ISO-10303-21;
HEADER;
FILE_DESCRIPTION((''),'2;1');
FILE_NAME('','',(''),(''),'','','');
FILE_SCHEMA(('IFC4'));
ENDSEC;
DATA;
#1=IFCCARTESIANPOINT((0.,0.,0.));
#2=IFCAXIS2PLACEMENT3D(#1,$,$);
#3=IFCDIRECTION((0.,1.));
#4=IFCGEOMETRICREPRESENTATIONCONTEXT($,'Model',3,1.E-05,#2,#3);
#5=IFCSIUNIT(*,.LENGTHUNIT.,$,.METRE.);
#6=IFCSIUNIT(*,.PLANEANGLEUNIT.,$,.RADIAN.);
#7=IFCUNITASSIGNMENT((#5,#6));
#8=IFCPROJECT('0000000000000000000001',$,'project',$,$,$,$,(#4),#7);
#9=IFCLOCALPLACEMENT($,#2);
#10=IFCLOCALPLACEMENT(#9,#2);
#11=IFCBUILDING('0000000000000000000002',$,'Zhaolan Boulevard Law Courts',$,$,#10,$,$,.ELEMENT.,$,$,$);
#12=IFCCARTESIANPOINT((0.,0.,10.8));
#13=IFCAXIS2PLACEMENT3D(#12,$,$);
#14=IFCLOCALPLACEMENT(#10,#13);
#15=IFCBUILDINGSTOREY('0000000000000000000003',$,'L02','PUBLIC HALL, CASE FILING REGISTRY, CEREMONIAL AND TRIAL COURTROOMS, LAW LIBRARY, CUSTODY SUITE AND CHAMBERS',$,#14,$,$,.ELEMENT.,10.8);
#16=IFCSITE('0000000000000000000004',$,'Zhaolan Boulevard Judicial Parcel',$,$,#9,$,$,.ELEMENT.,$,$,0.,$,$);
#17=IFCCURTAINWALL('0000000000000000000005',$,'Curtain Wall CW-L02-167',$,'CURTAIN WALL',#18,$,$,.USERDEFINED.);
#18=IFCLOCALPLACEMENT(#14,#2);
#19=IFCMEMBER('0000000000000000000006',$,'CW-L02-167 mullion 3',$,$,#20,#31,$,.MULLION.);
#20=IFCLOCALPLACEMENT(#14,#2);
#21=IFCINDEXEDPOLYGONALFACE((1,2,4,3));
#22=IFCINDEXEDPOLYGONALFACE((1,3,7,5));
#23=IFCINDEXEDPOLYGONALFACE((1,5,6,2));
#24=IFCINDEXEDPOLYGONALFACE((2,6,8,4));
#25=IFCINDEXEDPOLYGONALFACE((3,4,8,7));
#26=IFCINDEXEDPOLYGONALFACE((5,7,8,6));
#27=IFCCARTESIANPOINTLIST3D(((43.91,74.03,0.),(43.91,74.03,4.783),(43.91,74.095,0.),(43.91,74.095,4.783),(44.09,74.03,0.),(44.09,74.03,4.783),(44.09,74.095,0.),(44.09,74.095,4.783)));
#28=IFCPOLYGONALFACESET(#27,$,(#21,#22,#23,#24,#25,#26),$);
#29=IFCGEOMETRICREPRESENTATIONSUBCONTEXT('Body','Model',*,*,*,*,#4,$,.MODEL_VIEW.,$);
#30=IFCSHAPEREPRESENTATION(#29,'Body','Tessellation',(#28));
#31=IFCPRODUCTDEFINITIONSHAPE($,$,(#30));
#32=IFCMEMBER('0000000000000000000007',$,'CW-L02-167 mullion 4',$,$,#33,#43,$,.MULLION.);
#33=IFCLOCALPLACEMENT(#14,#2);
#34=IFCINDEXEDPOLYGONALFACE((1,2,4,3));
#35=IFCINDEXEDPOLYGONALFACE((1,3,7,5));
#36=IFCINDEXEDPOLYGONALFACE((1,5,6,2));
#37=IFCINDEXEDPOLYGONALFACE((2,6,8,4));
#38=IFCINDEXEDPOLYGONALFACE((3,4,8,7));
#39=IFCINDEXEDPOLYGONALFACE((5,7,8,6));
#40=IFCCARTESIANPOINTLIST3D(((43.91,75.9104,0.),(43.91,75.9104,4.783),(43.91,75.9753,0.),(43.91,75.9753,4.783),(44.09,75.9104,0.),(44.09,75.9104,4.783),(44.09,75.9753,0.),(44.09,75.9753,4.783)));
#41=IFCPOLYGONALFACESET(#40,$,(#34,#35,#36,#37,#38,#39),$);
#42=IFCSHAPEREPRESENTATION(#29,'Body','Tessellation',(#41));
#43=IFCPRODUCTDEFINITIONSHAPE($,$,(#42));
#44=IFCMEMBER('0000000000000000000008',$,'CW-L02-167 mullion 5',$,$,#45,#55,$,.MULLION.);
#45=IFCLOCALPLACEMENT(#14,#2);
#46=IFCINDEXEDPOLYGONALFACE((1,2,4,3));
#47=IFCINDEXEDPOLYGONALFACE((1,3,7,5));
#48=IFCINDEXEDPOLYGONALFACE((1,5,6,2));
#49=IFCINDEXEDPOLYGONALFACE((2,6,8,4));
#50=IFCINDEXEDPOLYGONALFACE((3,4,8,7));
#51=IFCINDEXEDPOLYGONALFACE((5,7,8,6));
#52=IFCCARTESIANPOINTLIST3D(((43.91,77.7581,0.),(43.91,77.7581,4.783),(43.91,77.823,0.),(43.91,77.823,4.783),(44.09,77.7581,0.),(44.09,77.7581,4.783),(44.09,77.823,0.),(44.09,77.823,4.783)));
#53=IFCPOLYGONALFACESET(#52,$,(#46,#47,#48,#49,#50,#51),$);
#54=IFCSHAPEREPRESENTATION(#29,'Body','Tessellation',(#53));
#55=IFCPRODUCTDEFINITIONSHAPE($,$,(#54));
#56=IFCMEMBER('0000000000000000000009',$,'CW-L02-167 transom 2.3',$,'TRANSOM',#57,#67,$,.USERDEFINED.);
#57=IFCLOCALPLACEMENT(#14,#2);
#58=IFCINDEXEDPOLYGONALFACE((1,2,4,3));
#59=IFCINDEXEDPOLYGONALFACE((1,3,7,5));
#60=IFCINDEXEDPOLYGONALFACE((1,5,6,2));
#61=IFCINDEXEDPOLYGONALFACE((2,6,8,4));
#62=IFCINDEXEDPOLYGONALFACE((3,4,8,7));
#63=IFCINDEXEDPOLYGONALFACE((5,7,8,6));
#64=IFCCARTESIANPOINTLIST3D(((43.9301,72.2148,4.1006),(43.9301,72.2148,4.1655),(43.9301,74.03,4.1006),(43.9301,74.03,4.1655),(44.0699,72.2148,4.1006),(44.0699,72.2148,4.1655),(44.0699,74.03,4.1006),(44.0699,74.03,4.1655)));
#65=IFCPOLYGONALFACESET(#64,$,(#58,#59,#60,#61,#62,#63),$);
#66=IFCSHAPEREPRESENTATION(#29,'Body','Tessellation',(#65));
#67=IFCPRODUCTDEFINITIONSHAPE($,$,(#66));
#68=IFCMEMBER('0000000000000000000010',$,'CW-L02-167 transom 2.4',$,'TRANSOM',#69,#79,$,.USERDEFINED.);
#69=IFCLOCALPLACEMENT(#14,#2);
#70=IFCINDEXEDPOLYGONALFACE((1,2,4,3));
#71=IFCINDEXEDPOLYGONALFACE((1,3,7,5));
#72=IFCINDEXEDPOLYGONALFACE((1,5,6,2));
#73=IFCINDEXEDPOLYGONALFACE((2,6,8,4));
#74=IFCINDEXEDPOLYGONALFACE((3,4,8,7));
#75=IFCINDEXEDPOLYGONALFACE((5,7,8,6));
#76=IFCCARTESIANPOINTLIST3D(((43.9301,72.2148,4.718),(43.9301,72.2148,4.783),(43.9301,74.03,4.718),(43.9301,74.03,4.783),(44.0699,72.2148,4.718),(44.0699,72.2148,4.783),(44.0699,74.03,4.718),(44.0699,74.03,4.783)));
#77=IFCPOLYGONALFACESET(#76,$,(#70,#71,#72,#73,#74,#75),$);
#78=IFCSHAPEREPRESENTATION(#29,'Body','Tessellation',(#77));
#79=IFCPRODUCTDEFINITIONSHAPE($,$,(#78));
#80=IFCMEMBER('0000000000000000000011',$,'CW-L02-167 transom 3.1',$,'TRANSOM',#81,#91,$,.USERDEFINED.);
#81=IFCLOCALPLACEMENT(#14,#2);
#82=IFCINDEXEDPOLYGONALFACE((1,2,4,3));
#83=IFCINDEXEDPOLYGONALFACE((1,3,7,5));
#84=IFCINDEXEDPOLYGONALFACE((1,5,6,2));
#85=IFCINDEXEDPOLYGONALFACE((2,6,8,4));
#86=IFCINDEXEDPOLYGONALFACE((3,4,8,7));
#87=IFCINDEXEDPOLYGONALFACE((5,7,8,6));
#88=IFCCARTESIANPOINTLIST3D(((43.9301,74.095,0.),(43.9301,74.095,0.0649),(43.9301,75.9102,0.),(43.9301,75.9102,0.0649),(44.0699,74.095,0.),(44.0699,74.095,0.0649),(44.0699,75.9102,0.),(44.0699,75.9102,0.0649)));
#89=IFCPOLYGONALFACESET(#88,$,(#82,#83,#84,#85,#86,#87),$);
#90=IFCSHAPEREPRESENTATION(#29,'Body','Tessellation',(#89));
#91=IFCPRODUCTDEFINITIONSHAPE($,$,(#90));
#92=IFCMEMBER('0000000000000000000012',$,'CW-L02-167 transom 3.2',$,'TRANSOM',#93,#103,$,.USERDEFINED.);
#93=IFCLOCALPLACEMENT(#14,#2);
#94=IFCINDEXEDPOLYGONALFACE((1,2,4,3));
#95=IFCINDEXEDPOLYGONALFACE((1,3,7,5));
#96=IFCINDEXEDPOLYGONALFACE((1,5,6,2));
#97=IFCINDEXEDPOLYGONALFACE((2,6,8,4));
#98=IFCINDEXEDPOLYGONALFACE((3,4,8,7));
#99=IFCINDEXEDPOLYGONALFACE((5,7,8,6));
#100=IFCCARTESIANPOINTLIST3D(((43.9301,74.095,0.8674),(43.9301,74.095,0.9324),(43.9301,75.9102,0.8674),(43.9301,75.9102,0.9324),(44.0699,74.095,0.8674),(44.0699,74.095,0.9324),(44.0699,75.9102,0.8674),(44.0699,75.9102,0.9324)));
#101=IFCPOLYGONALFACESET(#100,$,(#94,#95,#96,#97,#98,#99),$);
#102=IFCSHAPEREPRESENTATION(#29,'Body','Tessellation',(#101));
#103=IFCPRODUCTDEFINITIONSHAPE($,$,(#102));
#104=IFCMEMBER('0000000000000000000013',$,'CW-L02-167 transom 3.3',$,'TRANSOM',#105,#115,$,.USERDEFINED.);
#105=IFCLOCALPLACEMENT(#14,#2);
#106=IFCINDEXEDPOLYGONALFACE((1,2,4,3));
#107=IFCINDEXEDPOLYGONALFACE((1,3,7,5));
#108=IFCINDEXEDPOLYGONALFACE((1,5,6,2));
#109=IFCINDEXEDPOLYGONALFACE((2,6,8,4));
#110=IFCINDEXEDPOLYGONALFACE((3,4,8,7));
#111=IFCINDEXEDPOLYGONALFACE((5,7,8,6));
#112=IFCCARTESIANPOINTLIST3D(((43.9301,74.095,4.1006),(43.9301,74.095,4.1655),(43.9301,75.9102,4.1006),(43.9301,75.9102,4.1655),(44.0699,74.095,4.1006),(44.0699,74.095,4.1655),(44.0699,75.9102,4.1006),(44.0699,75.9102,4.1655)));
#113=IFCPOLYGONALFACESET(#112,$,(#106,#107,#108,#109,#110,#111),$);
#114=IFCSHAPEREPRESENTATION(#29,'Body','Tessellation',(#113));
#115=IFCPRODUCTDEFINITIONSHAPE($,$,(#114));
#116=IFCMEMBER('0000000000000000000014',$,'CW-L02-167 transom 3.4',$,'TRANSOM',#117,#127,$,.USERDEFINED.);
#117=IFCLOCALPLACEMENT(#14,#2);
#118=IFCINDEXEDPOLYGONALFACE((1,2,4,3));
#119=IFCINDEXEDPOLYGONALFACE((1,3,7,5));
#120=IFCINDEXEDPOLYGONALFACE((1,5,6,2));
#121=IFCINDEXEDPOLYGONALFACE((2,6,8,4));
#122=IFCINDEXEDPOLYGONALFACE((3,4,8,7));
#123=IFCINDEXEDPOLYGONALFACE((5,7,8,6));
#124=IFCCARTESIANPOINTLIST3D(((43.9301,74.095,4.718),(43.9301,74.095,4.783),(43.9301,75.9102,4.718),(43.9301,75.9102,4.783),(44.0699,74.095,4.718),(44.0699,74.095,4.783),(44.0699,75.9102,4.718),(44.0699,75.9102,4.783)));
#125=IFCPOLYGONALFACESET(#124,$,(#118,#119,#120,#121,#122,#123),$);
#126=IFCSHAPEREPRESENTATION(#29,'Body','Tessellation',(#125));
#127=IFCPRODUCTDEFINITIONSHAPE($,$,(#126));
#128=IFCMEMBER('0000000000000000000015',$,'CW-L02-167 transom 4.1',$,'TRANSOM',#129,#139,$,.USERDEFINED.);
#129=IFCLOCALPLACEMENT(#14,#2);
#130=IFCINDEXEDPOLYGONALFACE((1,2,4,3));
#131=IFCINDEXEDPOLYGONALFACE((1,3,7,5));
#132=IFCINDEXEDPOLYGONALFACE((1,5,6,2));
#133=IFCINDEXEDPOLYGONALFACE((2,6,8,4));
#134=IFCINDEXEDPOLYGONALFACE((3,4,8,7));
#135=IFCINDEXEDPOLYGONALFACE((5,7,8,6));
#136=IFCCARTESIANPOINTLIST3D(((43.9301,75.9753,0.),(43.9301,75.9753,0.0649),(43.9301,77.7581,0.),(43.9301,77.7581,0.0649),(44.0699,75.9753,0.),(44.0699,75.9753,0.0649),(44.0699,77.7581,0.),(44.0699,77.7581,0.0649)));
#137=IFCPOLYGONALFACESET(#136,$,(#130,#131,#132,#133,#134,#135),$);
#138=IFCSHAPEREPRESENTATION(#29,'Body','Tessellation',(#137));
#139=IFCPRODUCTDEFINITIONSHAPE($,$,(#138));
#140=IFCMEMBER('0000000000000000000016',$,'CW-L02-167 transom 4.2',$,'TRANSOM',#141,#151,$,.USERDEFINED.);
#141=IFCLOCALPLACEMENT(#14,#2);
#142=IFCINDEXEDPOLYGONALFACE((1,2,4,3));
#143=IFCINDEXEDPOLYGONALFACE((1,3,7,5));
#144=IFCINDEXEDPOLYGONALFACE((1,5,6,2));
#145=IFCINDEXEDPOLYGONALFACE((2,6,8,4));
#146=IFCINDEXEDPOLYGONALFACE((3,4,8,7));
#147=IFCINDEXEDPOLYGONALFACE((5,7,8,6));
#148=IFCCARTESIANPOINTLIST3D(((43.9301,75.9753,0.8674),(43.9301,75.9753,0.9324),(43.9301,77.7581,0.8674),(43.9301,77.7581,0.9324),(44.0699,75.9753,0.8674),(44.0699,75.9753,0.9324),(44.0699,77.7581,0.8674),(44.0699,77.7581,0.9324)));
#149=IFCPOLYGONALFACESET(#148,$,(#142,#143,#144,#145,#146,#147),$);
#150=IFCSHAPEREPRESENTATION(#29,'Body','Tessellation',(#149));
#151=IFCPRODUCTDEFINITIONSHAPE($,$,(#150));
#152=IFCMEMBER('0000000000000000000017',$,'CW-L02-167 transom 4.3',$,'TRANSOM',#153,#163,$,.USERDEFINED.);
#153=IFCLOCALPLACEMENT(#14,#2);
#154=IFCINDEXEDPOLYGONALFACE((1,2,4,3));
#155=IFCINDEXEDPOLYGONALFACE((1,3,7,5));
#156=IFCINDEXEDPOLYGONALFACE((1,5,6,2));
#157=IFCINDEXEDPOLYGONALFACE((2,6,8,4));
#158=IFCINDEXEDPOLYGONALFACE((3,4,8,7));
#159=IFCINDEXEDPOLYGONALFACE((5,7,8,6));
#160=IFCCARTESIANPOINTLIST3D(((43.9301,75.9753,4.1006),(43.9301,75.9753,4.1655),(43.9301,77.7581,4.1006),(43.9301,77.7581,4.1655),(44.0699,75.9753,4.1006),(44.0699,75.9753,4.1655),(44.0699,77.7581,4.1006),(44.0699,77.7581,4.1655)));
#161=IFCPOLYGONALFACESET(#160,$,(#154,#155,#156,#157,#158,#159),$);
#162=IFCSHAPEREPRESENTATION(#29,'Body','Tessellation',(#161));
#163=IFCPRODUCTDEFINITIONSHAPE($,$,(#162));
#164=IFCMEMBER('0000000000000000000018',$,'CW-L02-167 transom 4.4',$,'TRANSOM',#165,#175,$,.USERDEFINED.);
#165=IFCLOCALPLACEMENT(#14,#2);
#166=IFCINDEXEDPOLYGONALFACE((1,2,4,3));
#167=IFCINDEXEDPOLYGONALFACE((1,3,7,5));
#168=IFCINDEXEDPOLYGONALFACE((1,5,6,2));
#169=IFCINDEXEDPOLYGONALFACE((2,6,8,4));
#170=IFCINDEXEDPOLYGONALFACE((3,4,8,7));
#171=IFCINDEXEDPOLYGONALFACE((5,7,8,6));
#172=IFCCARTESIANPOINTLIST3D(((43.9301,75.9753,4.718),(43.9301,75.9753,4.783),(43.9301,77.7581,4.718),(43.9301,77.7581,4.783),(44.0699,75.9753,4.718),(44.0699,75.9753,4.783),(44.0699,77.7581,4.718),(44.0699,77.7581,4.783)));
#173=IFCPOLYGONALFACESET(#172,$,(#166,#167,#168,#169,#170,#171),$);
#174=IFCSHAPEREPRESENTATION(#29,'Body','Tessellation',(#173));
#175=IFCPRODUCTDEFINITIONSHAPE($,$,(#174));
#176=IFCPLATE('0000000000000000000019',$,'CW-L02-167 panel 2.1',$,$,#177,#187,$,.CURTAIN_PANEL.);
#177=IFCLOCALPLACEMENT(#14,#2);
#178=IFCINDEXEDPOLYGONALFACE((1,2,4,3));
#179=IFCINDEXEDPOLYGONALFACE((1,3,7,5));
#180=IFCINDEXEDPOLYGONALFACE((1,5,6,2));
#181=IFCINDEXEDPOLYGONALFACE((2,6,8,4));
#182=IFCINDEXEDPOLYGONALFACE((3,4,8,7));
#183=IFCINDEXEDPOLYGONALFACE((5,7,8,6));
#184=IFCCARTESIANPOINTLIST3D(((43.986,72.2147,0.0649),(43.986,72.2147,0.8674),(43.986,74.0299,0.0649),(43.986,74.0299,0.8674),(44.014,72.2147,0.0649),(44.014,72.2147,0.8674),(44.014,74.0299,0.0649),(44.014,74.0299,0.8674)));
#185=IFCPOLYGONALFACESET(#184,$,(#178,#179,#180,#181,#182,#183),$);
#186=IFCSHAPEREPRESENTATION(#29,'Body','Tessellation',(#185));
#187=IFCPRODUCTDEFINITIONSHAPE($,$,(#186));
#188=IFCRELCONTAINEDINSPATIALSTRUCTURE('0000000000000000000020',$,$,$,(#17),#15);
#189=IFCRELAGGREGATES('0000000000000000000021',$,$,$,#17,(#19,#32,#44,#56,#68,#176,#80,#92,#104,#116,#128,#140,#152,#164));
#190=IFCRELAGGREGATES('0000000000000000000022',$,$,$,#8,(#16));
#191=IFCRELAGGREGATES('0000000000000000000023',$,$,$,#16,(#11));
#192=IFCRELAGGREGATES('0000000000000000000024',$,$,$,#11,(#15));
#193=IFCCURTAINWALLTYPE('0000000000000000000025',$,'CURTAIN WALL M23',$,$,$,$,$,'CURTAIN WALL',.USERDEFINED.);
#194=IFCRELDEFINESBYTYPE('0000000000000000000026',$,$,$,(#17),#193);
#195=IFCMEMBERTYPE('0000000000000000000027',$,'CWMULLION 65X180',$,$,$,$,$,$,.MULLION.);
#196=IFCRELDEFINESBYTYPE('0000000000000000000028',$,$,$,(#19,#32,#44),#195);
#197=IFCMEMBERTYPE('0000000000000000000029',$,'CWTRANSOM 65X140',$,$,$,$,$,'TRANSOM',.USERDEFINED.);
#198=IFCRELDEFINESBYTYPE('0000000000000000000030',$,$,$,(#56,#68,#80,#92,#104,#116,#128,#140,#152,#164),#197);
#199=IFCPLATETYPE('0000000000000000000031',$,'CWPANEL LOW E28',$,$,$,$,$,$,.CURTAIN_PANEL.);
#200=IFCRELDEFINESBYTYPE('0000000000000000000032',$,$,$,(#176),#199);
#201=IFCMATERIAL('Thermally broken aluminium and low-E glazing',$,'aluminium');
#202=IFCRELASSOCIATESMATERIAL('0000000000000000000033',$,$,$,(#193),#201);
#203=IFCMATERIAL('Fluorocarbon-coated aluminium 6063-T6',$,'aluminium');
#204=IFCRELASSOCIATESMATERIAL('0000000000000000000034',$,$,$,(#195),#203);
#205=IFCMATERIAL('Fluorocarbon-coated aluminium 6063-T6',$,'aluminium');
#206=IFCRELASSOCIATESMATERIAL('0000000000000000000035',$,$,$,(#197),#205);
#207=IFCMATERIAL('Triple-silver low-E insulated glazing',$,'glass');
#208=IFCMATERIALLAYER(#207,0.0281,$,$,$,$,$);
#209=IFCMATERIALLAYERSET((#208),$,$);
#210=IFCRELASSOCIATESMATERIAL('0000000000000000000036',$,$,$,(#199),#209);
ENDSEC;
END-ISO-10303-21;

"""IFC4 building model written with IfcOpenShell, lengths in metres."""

from ifc_helpers import new_model, si_unit, direction, frame, origin, origin_2d, place, context, subcontext, project, spatial, rectangle, extrude, material, layer, layer_set, material_profile, profile_set, type_object, element, aggregate, save


model = new_model("IFC4")

# Units and contexts
model_context = context("Model", 3, precision=1e-05, world=origin(), true_north=direction((0.0, 1.0)))
body_context = subcontext(model_context, "Body", "Model", "MODEL_VIEW")
ifc_project = project(units=[si_unit("LENGTHUNIT", "METRE"), si_unit("PLANEANGLEUNIT", "RADIAN")], contexts=[model_context])

# Site, building, storey
site_placement = place(None, origin())
site = spatial("IfcSite", under=ifc_project, at=site_placement, Name="Zhaolan Boulevard Judicial Parcel", CompositionType="ELEMENT", RefElevation=0.0)
building_placement = place(site_placement, origin())
building = spatial("IfcBuilding", under=site, at=building_placement, Name="Zhaolan Boulevard Law Courts", CompositionType="ELEMENT")
storey_placement = place(building_placement, frame((0.0, 0.0, 10.8)))
storey = spatial("IfcBuildingStorey", under=building, at=storey_placement, Name="L02", Description="PUBLIC HALL, CASE FILING REGISTRY, CEREMONIAL AND TRIAL COURTROOMS, LAW LIBRARY, CUSTODY SUITE AND CHAMBERS", CompositionType="ELEMENT", Elevation=10.8)

# Curtain wall, members, plate
ifc_material_1 = material(Name="Thermally broken aluminium and low-E glazing", Category="aluminium")
curtain_wall_type = type_object("IfcCurtainWallType", Name="CURTAIN WALL M23", ElementType="CURTAIN WALL", PredefinedType="USERDEFINED", material=ifc_material_1)
curtain_wall_placement = place(storey_placement, origin())
curtain_wall = element("IfcCurtainWall", 1, at=curtain_wall_placement, inside=storey, type_object=curtain_wall_type, Name="Curtain Wall CW-L02-167", ObjectType="CURTAIN WALL", PredefinedType="USERDEFINED")
ifc_material_2 = material(Name="Fluorocarbon-coated aluminium 6063-T6", Category="aluminium")
ifc_material_profile_1 = material_profile(ifc_material_2, rectangle(XDim=0.1799, YDim=0.0649, at=origin_2d()), Name="AL65x180")
ifc_profile_set_1 = profile_set([ifc_material_profile_1], Name="Fluorocarbon-coated aluminium 6063-T6")
member_type_1 = type_object("IfcMemberType", Name="CWMULLION 65X180", PredefinedType="MULLION", material=ifc_profile_set_1)
member_1_placement = place(storey_placement, frame((44.0, 74.0625, 0.0), z_axis=(0.0, 0.0, 1.0), x_axis=(-1.0, 0.0, 0.0)))
member_1 = element("IfcMember", 2, at=member_1_placement, type_object=member_type_1, Name="CW-L02-167 mullion 3", PredefinedType="MULLION", context=body_context, shape_type="SweptSolid", body=[
    extrude(rectangle(XDim=0.1799, YDim=0.0649, at=origin_2d()), origin(), (0.0, 0.0, 1.0), 4.783),
])
member_2_placement = place(storey_placement, frame((44.0, 75.9429, 0.0), z_axis=(0.0, 0.0, 1.0), x_axis=(-1.0, 0.0, 0.0)))
member_2 = element("IfcMember", 3, at=member_2_placement, type_object=member_type_1, Name="CW-L02-167 mullion 4", PredefinedType="MULLION", context=body_context, shape_type="SweptSolid", body=[
    extrude(rectangle(XDim=0.1799, YDim=0.0649, at=origin_2d()), origin(), (0.0, 0.0, 1.0), 4.783),
])
member_3_placement = place(storey_placement, frame((44.0, 77.7905, 0.0), z_axis=(0.0, 0.0, 1.0), x_axis=(-1.0, 0.0, 0.0)))
member_3 = element("IfcMember", 4, at=member_3_placement, type_object=member_type_1, Name="CW-L02-167 mullion 5", PredefinedType="MULLION", context=body_context, shape_type="SweptSolid", body=[
    extrude(rectangle(XDim=0.1799, YDim=0.0649, at=origin_2d()), origin(), (0.0, 0.0, 1.0), 4.783),
])
ifc_material_3 = material(Name="Fluorocarbon-coated aluminium 6063-T6", Category="aluminium")
ifc_material_profile_2 = material_profile(ifc_material_3, rectangle(XDim=0.1399, YDim=0.0649, at=origin_2d()), Name="AL65x140")
ifc_profile_set_2 = profile_set([ifc_material_profile_2], Name="Fluorocarbon-coated aluminium 6063-T6")
member_type_2 = type_object("IfcMemberType", Name="CWTRANSOM 65X140", ElementType="TRANSOM", PredefinedType="USERDEFINED", material=ifc_profile_set_2)
member_4_placement = place(storey_placement, frame((44.0, 72.2148, 4.1331), z_axis=(0.0, 1.0, 0.0), x_axis=(-1.0, 0.0, 0.0)))
member_4 = element("IfcMember", 5, at=member_4_placement, type_object=member_type_2, Name="CW-L02-167 transom 2.3", ObjectType="TRANSOM", PredefinedType="USERDEFINED", context=body_context, shape_type="SweptSolid", body=[
    extrude(rectangle(XDim=0.1399, YDim=0.0649, at=origin_2d()), origin(), (0.0, 0.0, 1.0), 1.8152),
])
member_5_placement = place(storey_placement, frame((44.0, 72.2148, 4.7505), z_axis=(0.0, 1.0, 0.0), x_axis=(-1.0, 0.0, 0.0)))
member_5 = element("IfcMember", 6, at=member_5_placement, type_object=member_type_2, Name="CW-L02-167 transom 2.4", ObjectType="TRANSOM", PredefinedType="USERDEFINED", context=body_context, shape_type="SweptSolid", body=[
    extrude(rectangle(XDim=0.1399, YDim=0.0649, at=origin_2d()), origin(), (0.0, 0.0, 1.0), 1.8152),
])
member_6_placement = place(storey_placement, frame((44.0, 74.095, 0.0325), z_axis=(0.0, 1.0, 0.0), x_axis=(-1.0, 0.0, 0.0)))
member_6 = element("IfcMember", 7, at=member_6_placement, type_object=member_type_2, Name="CW-L02-167 transom 3.1", ObjectType="TRANSOM", PredefinedType="USERDEFINED", context=body_context, shape_type="SweptSolid", body=[
    extrude(rectangle(XDim=0.1399, YDim=0.0649, at=origin_2d()), origin(), (0.0, 0.0, 1.0), 1.8152),
])
member_7_placement = place(storey_placement, frame((44.0, 74.095, 0.8999), z_axis=(0.0, 1.0, 0.0), x_axis=(-1.0, 0.0, 0.0)))
member_7 = element("IfcMember", 8, at=member_7_placement, type_object=member_type_2, Name="CW-L02-167 transom 3.2", ObjectType="TRANSOM", PredefinedType="USERDEFINED", context=body_context, shape_type="SweptSolid", body=[
    extrude(rectangle(XDim=0.1399, YDim=0.0649, at=origin_2d()), origin(), (0.0, 0.0, 1.0), 1.8152),
])
member_8_placement = place(storey_placement, frame((44.0, 74.095, 4.1331), z_axis=(0.0, 1.0, 0.0), x_axis=(-1.0, 0.0, 0.0)))
member_8 = element("IfcMember", 9, at=member_8_placement, type_object=member_type_2, Name="CW-L02-167 transom 3.3", ObjectType="TRANSOM", PredefinedType="USERDEFINED", context=body_context, shape_type="SweptSolid", body=[
    extrude(rectangle(XDim=0.1399, YDim=0.0649, at=origin_2d()), origin(), (0.0, 0.0, 1.0), 1.8152),
])
member_9_placement = place(storey_placement, frame((44.0, 74.095, 4.7505), z_axis=(0.0, 1.0, 0.0), x_axis=(-1.0, 0.0, 0.0)))
member_9 = element("IfcMember", 10, at=member_9_placement, type_object=member_type_2, Name="CW-L02-167 transom 3.4", ObjectType="TRANSOM", PredefinedType="USERDEFINED", context=body_context, shape_type="SweptSolid", body=[
    extrude(rectangle(XDim=0.1399, YDim=0.0649, at=origin_2d()), origin(), (0.0, 0.0, 1.0), 1.8152),
])
member_10_placement = place(storey_placement, frame((44.0, 75.9753, 0.0325), z_axis=(0.0, 1.0, 0.0), x_axis=(-1.0, 0.0, 0.0)))
member_10 = element("IfcMember", 11, at=member_10_placement, type_object=member_type_2, Name="CW-L02-167 transom 4.1", ObjectType="TRANSOM", PredefinedType="USERDEFINED", context=body_context, shape_type="SweptSolid", body=[
    extrude(rectangle(XDim=0.1399, YDim=0.0649, at=origin_2d()), origin(), (0.0, 0.0, 1.0), 1.7827),
])
member_11_placement = place(storey_placement, frame((44.0, 75.9753, 0.8999), z_axis=(0.0, 1.0, 0.0), x_axis=(-1.0, 0.0, 0.0)))
member_11 = element("IfcMember", 12, at=member_11_placement, type_object=member_type_2, Name="CW-L02-167 transom 4.2", ObjectType="TRANSOM", PredefinedType="USERDEFINED", context=body_context, shape_type="SweptSolid", body=[
    extrude(rectangle(XDim=0.1399, YDim=0.0649, at=origin_2d()), origin(), (0.0, 0.0, 1.0), 1.7827),
])
member_12_placement = place(storey_placement, frame((44.0, 75.9753, 4.1331), z_axis=(0.0, 1.0, 0.0), x_axis=(-1.0, 0.0, 0.0)))
member_12 = element("IfcMember", 13, at=member_12_placement, type_object=member_type_2, Name="CW-L02-167 transom 4.3", ObjectType="TRANSOM", PredefinedType="USERDEFINED", context=body_context, shape_type="SweptSolid", body=[
    extrude(rectangle(XDim=0.1399, YDim=0.0649, at=origin_2d()), origin(), (0.0, 0.0, 1.0), 1.7827),
])
member_13_placement = place(storey_placement, frame((44.0, 75.9753, 4.7505), z_axis=(0.0, 1.0, 0.0), x_axis=(-1.0, 0.0, 0.0)))
member_13 = element("IfcMember", 14, at=member_13_placement, type_object=member_type_2, Name="CW-L02-167 transom 4.4", ObjectType="TRANSOM", PredefinedType="USERDEFINED", context=body_context, shape_type="SweptSolid", body=[
    extrude(rectangle(XDim=0.1399, YDim=0.0649, at=origin_2d()), origin(), (0.0, 0.0, 1.0), 1.7827),
])
ifc_material_4 = material(Name="Triple-silver low-E insulated glazing", Category="glass")
ifc_layer_1 = layer(ifc_material_4, 0.0281)
ifc_layer_set_1 = layer_set([ifc_layer_1])
plate_type = type_object("IfcPlateType", Name="CWPANEL LOW E28", PredefinedType="CURTAIN_PANEL", material=ifc_layer_set_1)
plate_1_placement = place(storey_placement, frame((44.0, 73.1223, 0.0649), z_axis=(0.0, 0.0, 1.0), x_axis=(0.0, 1.0, 0.0)))
plate_1 = element("IfcPlate", 15, at=plate_1_placement, type_object=plate_type, Name="CW-L02-167 panel 2.1", PredefinedType="CURTAIN_PANEL", context=body_context, shape_type="SweptSolid", body=[
    extrude(rectangle(XDim=1.8152, YDim=0.0281, at=origin_2d()), origin(), (0.0, 0.0, 1.0), 0.8025),
])
aggregate(curtain_wall, [member_1, member_2, member_3, member_4, member_5, plate_1, member_6, member_7, member_8, member_9, member_10, member_11, member_12, member_13])

save(model, "model.ifc")
